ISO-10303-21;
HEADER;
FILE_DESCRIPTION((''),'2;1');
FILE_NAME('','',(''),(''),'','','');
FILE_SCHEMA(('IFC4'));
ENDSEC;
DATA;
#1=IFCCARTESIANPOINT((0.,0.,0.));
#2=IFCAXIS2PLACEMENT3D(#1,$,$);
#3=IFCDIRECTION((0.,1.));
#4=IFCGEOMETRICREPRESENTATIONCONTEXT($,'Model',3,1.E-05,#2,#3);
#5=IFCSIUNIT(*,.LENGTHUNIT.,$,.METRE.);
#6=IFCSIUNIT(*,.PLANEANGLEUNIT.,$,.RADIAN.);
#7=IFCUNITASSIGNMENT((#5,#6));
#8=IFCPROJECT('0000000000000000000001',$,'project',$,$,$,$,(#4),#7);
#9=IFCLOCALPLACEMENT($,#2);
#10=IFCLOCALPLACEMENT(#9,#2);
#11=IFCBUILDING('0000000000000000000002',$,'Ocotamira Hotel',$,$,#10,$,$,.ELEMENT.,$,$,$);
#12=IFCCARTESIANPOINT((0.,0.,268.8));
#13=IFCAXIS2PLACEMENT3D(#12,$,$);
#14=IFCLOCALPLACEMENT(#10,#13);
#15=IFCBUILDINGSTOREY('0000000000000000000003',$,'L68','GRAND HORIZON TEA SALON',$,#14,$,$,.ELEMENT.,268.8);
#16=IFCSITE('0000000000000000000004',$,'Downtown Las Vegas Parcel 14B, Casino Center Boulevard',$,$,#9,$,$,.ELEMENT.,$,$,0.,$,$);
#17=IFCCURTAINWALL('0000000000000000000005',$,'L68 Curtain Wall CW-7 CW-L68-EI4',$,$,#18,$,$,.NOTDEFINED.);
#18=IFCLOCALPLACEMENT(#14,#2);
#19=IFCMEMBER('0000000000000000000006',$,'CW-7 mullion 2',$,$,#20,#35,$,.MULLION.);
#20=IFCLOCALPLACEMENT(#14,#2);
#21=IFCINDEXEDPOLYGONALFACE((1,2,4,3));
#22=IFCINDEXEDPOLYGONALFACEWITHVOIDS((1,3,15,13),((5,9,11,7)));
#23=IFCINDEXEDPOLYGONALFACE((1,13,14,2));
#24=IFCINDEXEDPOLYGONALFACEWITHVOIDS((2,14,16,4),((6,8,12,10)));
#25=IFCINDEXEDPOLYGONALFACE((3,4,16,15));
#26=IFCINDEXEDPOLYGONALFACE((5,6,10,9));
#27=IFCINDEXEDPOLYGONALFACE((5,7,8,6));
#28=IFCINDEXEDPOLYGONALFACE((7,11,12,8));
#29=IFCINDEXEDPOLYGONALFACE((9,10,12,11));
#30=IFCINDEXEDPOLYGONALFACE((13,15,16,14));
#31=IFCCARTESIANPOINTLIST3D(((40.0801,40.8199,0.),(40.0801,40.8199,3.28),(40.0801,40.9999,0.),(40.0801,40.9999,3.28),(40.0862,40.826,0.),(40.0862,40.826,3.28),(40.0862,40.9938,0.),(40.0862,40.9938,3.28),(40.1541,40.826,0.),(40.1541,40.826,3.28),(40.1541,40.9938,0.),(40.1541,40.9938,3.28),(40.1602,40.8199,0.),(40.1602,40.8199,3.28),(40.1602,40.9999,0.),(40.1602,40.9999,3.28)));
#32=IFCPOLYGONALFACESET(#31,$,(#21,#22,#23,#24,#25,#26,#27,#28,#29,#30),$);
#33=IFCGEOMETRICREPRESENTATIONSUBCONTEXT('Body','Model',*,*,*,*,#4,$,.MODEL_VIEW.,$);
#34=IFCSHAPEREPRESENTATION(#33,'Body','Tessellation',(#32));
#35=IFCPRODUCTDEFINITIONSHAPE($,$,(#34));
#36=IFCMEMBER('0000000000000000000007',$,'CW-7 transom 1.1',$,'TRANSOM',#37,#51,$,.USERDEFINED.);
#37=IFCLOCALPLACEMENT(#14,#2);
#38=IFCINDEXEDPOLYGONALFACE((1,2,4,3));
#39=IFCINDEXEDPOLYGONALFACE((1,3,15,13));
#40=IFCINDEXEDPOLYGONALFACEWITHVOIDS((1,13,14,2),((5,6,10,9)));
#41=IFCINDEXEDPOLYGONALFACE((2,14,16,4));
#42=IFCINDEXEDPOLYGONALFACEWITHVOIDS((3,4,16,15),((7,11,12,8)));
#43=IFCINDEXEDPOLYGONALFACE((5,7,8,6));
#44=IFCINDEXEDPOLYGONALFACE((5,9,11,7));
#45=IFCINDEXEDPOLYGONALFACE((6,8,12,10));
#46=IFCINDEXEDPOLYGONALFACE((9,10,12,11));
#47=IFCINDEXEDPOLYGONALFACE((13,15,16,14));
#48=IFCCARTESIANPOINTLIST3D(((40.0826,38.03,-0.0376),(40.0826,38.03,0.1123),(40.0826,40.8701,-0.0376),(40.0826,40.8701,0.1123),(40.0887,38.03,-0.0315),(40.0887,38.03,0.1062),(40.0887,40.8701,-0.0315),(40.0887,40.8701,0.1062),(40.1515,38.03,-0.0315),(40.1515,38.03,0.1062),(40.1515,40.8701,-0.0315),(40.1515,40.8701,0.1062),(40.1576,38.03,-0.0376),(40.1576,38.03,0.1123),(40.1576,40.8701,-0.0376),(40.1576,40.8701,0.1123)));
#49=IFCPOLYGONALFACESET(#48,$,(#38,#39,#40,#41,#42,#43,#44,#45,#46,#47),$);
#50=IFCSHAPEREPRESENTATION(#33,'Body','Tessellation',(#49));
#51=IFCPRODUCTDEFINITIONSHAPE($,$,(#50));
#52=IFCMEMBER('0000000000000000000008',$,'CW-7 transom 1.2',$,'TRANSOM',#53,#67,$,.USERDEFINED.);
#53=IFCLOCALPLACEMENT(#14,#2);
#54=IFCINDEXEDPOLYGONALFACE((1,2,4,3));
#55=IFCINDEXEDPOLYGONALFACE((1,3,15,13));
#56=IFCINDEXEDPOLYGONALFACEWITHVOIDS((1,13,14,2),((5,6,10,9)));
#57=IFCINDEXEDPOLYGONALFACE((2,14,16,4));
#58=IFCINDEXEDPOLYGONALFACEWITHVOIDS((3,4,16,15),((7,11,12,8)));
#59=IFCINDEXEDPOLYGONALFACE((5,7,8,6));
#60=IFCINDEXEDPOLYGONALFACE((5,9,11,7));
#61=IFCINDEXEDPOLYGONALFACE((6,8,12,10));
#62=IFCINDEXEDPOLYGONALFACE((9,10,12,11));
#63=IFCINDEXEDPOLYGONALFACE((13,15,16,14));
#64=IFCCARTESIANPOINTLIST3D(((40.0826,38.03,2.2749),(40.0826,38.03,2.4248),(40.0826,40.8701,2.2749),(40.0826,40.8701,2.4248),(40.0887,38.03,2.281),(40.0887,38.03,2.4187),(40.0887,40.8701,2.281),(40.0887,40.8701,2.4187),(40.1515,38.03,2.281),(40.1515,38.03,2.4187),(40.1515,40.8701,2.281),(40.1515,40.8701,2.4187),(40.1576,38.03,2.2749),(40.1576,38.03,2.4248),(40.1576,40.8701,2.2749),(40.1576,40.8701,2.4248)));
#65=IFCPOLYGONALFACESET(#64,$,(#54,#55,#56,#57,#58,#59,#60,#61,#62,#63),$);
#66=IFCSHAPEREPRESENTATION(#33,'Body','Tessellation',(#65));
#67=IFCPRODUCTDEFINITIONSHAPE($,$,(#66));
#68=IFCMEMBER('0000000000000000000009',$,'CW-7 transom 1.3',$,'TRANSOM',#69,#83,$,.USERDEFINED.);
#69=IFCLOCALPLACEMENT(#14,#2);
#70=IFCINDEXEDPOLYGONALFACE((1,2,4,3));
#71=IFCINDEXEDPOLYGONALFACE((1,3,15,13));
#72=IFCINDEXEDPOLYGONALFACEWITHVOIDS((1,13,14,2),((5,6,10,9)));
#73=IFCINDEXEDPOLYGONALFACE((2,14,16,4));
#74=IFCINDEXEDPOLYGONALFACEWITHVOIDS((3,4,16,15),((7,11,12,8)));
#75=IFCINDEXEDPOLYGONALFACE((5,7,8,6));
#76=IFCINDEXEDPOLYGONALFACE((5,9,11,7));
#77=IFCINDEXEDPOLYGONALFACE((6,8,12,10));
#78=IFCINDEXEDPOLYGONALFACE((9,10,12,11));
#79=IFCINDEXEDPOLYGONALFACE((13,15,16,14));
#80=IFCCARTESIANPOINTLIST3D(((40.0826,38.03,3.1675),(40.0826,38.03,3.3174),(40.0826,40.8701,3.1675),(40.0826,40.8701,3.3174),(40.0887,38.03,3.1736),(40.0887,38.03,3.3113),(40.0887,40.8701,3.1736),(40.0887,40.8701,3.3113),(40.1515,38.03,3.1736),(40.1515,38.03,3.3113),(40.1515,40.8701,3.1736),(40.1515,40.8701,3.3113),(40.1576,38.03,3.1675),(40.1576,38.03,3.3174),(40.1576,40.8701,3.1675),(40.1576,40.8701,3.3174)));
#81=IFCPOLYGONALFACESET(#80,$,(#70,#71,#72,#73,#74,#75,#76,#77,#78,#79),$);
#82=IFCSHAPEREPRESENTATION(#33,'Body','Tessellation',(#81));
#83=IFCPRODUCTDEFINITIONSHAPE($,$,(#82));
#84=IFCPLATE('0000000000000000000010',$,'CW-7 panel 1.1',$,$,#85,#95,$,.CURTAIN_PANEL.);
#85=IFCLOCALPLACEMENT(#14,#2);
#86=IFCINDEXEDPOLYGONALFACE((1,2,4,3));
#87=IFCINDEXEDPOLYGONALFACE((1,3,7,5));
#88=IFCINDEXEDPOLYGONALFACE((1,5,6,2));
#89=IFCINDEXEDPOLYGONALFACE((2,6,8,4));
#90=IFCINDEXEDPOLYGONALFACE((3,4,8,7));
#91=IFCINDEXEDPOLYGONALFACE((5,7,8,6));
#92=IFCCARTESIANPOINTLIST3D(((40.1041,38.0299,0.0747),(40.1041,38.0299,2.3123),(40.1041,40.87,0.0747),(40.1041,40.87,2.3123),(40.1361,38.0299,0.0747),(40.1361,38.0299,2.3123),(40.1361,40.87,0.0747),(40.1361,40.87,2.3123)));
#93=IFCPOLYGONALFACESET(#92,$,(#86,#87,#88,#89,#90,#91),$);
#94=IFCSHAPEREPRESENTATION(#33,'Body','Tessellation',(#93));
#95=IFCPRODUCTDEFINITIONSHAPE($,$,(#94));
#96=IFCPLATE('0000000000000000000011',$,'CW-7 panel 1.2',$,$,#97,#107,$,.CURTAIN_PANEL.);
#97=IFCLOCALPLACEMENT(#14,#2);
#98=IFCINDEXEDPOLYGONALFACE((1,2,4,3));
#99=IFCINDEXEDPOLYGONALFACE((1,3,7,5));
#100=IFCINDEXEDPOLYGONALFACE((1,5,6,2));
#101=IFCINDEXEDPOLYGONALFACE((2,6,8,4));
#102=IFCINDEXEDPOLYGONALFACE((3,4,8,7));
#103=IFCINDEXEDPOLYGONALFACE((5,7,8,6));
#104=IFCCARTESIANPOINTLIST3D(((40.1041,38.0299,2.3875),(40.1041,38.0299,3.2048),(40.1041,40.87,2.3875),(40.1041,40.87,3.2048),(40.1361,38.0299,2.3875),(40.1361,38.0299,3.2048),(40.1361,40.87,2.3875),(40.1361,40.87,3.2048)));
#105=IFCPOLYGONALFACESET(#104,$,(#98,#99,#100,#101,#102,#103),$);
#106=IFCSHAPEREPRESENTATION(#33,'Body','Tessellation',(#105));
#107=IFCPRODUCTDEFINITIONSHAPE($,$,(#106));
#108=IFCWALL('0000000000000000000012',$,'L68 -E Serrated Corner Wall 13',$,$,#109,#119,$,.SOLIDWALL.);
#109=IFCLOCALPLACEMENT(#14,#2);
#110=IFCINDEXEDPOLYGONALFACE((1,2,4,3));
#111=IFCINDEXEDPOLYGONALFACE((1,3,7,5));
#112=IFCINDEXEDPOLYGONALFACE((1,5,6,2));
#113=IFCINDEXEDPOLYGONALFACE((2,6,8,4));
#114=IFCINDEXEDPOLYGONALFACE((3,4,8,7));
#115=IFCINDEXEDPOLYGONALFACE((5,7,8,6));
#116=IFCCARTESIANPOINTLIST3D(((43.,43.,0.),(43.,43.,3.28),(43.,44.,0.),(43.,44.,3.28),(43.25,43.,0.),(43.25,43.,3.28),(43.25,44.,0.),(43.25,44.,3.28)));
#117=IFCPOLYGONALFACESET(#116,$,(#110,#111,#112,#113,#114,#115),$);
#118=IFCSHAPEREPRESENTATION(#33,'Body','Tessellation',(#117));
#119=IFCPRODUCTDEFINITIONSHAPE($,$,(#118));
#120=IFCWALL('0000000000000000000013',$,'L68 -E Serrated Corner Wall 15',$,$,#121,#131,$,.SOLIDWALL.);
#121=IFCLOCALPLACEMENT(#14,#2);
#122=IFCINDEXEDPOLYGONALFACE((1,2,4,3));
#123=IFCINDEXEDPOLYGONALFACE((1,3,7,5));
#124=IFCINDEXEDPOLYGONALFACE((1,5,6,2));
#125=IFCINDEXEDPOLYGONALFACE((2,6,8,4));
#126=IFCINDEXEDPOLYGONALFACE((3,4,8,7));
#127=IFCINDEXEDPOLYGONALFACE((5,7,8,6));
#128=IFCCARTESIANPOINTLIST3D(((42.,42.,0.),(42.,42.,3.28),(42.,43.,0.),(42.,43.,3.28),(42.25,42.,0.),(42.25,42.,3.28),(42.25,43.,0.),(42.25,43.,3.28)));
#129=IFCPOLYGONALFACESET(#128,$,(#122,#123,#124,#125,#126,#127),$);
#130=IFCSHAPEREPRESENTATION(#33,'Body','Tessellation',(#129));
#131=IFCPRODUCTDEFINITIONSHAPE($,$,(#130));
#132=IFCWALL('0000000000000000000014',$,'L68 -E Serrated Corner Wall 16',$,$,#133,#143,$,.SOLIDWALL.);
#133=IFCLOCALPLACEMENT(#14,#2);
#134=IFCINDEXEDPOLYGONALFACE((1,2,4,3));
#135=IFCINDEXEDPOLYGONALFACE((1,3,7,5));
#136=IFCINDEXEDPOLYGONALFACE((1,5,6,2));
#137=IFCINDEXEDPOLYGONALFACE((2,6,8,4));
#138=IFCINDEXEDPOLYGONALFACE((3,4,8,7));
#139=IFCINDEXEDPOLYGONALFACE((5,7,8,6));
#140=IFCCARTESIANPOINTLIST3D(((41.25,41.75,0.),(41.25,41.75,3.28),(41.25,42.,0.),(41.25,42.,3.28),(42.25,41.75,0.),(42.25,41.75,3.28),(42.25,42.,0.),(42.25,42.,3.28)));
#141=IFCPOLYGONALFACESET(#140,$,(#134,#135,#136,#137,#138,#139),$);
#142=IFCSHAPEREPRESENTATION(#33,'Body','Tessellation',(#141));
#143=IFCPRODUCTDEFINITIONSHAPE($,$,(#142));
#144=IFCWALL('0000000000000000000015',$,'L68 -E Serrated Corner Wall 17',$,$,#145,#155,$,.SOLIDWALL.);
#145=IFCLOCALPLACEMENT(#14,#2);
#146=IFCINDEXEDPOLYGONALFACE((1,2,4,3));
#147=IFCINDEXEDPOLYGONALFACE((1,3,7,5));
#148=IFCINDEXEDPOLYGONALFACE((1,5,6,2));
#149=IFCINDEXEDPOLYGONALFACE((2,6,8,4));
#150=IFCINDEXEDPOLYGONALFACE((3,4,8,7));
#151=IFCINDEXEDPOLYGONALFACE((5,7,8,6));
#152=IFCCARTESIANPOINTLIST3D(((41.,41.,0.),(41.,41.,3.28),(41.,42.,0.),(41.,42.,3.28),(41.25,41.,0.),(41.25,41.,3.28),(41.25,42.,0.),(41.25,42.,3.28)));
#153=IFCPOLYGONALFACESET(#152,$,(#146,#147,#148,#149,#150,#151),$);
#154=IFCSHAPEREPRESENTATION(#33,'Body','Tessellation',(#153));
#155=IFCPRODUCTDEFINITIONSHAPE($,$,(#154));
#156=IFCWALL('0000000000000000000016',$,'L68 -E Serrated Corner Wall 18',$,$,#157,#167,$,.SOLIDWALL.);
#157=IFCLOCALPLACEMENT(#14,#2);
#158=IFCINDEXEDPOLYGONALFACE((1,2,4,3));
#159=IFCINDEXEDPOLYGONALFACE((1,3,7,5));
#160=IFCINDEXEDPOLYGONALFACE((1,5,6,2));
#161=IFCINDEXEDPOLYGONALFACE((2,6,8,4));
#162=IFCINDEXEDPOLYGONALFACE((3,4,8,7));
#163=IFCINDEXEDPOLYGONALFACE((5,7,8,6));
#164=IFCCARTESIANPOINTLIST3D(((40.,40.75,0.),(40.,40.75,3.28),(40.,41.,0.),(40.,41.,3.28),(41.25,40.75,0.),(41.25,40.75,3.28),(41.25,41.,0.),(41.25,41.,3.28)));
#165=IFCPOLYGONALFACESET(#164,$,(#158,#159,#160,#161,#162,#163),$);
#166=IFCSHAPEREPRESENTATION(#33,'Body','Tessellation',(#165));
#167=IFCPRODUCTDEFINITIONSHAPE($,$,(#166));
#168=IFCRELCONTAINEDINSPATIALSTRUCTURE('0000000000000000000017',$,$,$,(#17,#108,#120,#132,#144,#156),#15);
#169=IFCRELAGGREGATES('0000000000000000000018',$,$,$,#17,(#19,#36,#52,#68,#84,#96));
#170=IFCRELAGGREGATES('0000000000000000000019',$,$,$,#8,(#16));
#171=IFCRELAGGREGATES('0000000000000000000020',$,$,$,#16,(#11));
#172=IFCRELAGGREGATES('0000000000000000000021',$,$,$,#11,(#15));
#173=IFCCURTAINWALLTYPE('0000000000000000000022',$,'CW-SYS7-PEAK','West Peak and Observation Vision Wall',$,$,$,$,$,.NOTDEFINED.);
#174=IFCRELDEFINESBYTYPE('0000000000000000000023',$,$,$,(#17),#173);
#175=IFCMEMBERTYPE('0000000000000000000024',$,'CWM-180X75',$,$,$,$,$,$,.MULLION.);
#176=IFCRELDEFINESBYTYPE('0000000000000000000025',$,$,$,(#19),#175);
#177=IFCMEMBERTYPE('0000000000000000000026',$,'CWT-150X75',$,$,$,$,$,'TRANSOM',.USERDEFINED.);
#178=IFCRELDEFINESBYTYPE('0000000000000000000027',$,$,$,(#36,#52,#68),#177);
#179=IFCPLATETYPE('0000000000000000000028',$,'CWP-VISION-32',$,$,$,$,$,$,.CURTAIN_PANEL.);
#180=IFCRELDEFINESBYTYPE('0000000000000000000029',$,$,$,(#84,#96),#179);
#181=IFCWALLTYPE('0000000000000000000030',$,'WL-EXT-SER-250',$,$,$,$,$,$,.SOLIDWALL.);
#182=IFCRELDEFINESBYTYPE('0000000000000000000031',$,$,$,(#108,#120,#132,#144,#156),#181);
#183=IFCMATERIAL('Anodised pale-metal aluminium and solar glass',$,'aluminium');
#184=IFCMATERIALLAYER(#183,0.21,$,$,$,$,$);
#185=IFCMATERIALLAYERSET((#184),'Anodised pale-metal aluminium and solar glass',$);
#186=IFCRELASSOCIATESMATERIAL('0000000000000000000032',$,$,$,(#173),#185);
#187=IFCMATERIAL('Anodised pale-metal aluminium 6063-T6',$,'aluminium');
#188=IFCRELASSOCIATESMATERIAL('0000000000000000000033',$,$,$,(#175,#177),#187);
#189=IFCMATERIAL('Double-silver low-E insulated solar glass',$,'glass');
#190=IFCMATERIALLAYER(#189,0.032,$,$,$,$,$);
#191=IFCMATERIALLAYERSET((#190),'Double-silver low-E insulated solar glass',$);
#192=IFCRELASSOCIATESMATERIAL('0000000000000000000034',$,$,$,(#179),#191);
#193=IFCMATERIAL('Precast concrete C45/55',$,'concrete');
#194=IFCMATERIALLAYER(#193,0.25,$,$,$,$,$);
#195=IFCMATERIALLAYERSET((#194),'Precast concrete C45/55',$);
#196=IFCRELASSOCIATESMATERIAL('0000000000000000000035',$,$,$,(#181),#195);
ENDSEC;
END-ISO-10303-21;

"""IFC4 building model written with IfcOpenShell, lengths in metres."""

from ifc_helpers import new_model, si_unit, direction, frame, frame_2d, origin, origin_2d, place, context, subcontext, project, spatial, rectangle, hollow_rectangle, extrude, source, transform, mapped, material, layer, layer_set, material_profile, profile_set, type_object, element, aggregate, save


model = new_model("IFC4")

# Units and contexts
model_context = context("Model", 3, precision=1e-05, world=origin(), true_north=direction((0.0, 1.0)))
body_context = subcontext(model_context, "Body", "Model", "MODEL_VIEW")
ifc_project = project(units=[si_unit("LENGTHUNIT", "METRE"), si_unit("PLANEANGLEUNIT", "RADIAN")], contexts=[model_context])

# Site, building, storey
site_placement = place(None, origin())
site = spatial("IfcSite", under=ifc_project, at=site_placement, Name="Downtown Las Vegas Parcel 14B, Casino Center Boulevard", CompositionType="ELEMENT", RefElevation=0.0)
building_placement = place(site_placement, origin())
building = spatial("IfcBuilding", under=site, at=building_placement, Name="Ocotamira Hotel", CompositionType="ELEMENT")
storey_placement = place(building_placement, frame((0.0, 0.0, 268.8)))
storey = spatial("IfcBuildingStorey", under=building, at=storey_placement, Name="L68", Description="GRAND HORIZON TEA SALON", CompositionType="ELEMENT", Elevation=268.8)

# Curtain wall, members, plates
ifc_material_1 = material(Name="Anodised pale-metal aluminium and solar glass", Category="aluminium")
ifc_layer_1 = layer(ifc_material_1, 0.21)
ifc_layer_set_1 = layer_set([ifc_layer_1], Name="Anodised pale-metal aluminium and solar glass")
curtain_wall_type = type_object("IfcCurtainWallType", Name="CW-SYS7-PEAK", Description="West Peak and Observation Vision Wall", PredefinedType="NOTDEFINED", material=ifc_layer_set_1)
curtain_wall_placement = place(storey_placement, origin())
curtain_wall = element("IfcCurtainWall", 1, at=curtain_wall_placement, inside=storey, type_object=curtain_wall_type, Name="L68 Curtain Wall CW-7 CW-L68-EI4", PredefinedType="NOTDEFINED")
ifc_material_2 = material(Name="Anodised pale-metal aluminium 6063-T6", Category="aluminium")
ifc_material_profile_1 = material_profile(ifc_material_2, hollow_rectangle(XDim=0.0801, YDim=0.1799, WallThickness=0.0061, at=origin_2d()), Name="HSS180X80X6")
ifc_profile_set_1 = profile_set([ifc_material_profile_1], Name="Anodised pale-metal aluminium 6063-T6")
member_type_1 = type_object("IfcMemberType", Name="CWM-180X75", PredefinedType="MULLION", material=ifc_profile_set_1)
shared_shape_1 = source(origin(), body_context, "Body", "SweptSolid", [
    extrude(hollow_rectangle(XDim=0.0801, YDim=0.1799, WallThickness=0.0061, at=origin_2d()), origin(), (0.0, 0.0, 1.0), 3.28),
])
member_1_placement = place(storey_placement, frame((40.1201, 40.9099, 0.0), z_axis=(0.0, 0.0, 1.0), x_axis=(-1.0, 0.0, 0.0)))
member_1 = element("IfcMember", 2, at=member_1_placement, type_object=member_type_1, Name="CW-7 mullion 2", PredefinedType="MULLION", context=body_context, shape_type="MappedRepresentation", body=[
    mapped(shared_shape_1, transform((0.0, 0.0, 0.0), scale=1.0)),
])
ifc_material_profile_2 = material_profile(ifc_material_2, hollow_rectangle(XDim=0.075, YDim=0.1499, WallThickness=0.0061, at=origin_2d()), Name="HSS150X75X6")
ifc_profile_set_2 = profile_set([ifc_material_profile_2], Name="Anodised pale-metal aluminium 6063-T6")
member_type_2 = type_object("IfcMemberType", Name="CWT-150X75", ElementType="TRANSOM", PredefinedType="USERDEFINED", material=ifc_profile_set_2)
shared_shape_2 = source(origin(), body_context, "Body", "SweptSolid", [
    extrude(hollow_rectangle(XDim=0.075, YDim=0.1499, WallThickness=0.0061, at=origin_2d()), origin(), (0.0, 0.0, 1.0), 2.8401),
])
member_2_placement = place(storey_placement, frame((40.1201, 38.03, 0.0374), z_axis=(0.0, 1.0, 0.0), x_axis=(-1.0, 0.0, 0.0)))
member_2 = element("IfcMember", 3, at=member_2_placement, type_object=member_type_2, Name="CW-7 transom 1.1", ObjectType="TRANSOM", PredefinedType="USERDEFINED", context=body_context, shape_type="MappedRepresentation", body=[
    mapped(shared_shape_2, transform((0.0, 0.0, 0.0), scale=1.0)),
])
member_3_placement = place(storey_placement, frame((40.1201, 38.03, 2.3499), z_axis=(0.0, 1.0, 0.0), x_axis=(-1.0, 0.0, 0.0)))
member_3 = element("IfcMember", 4, at=member_3_placement, type_object=member_type_2, Name="CW-7 transom 1.2", ObjectType="TRANSOM", PredefinedType="USERDEFINED", context=body_context, shape_type="MappedRepresentation", body=[
    mapped(shared_shape_2, transform((0.0, 0.0, 0.0), scale=1.0)),
])
member_4_placement = place(storey_placement, frame((40.1201, 38.03, 3.2424), z_axis=(0.0, 1.0, 0.0), x_axis=(-1.0, 0.0, 0.0)))
member_4 = element("IfcMember", 5, at=member_4_placement, type_object=member_type_2, Name="CW-7 transom 1.3", ObjectType="TRANSOM", PredefinedType="USERDEFINED", context=body_context, shape_type="MappedRepresentation", body=[
    mapped(shared_shape_2, transform((0.0, 0.0, 0.0), scale=1.0)),
])
ifc_material_3 = material(Name="Double-silver low-E insulated solar glass", Category="glass")
ifc_layer_2 = layer(ifc_material_3, 0.032)
ifc_layer_set_2 = layer_set([ifc_layer_2], Name="Double-silver low-E insulated solar glass")
plate_type = type_object("IfcPlateType", Name="CWP-VISION-32", PredefinedType="CURTAIN_PANEL", material=ifc_layer_set_2)
shared_shape_3 = source(origin(), body_context, "Body", "SweptSolid", [
    extrude(rectangle(XDim=2.8401, YDim=0.032, at=origin_2d()), origin(), (0.0, 0.0, 1.0), 2.2375),
])
plate_1_placement = place(storey_placement, frame((40.1201, 39.45, 0.0747), z_axis=(0.0, 0.0, 1.0), x_axis=(0.0, 1.0, 0.0)))
plate_1 = element("IfcPlate", 6, at=plate_1_placement, type_object=plate_type, Name="CW-7 panel 1.1", PredefinedType="CURTAIN_PANEL", context=body_context, shape_type="MappedRepresentation", body=[
    mapped(shared_shape_3, transform((0.0, 0.0, 0.0), scale=1.0)),
])
shared_shape_4 = source(origin(), body_context, "Body", "SweptSolid", [
    extrude(rectangle(XDim=2.8401, YDim=0.032, at=origin_2d()), origin(), (0.0, 0.0, 1.0), 0.8174),
])
plate_2_placement = place(storey_placement, frame((40.1201, 39.45, 2.3875), z_axis=(0.0, 0.0, 1.0), x_axis=(0.0, 1.0, 0.0)))
plate_2 = element("IfcPlate", 7, at=plate_2_placement, type_object=plate_type, Name="CW-7 panel 1.2", PredefinedType="CURTAIN_PANEL", context=body_context, shape_type="MappedRepresentation", body=[
    mapped(shared_shape_4, transform((0.0, 0.0, 0.0), scale=1.0)),
])
aggregate(curtain_wall, [member_1, member_2, member_3, member_4, plate_1, plate_2])

# Walls
ifc_material_4 = material(Name="Precast concrete C45/55", Category="concrete")
ifc_layer_3 = layer(ifc_material_4, 0.25)
ifc_layer_set_3 = layer_set([ifc_layer_3], Name="Precast concrete C45/55")
wall_type_1 = type_object("IfcWallType", Name="WL-EXT-SER-250", PredefinedType="SOLIDWALL", material=ifc_layer_set_3)
for number, where, z_axis, x_axis, name in (
    (8, (43.125, 44.0, 0.0), (0.0, 0.0, 1.0), (0.0, -1.0, 0.0), "L68 -E Serrated Corner Wall 13"),
    (9, (42.125, 43.0, 0.0), (0.0, 0.0, 1.0), (0.0, -1.0, 0.0), "L68 -E Serrated Corner Wall 15"),
    (10, (42.25, 41.875, 0.0), (0.0, 0.0, 1.0), (-1.0, 0.0, 0.0), "L68 -E Serrated Corner Wall 16"),
    (11, (41.125, 42.0, 0.0), (0.0, 0.0, 1.0), (0.0, -1.0, 0.0), "L68 -E Serrated Corner Wall 17"),
):
    element("IfcWall", number, at=place(storey_placement, frame(where, z_axis=z_axis, x_axis=x_axis)), inside=storey, type_object=wall_type_1, Name=name, PredefinedType="SOLIDWALL", context=body_context, shape_type="SweptSolid", body=[
        extrude(rectangle(XDim=1.0, YDim=0.25, at=frame_2d((0.5, 0.0))), origin(), (0.0, 0.0, 1.0), 3.28),
    ])
wall_1_placement = place(storey_placement, frame((41.25, 40.875, 0.0), z_axis=(0.0, 0.0, 1.0), x_axis=(-1.0, 0.0, 0.0)))
element("IfcWall", 12, at=wall_1_placement, inside=storey, type_object=wall_type_1, Name="L68 -E Serrated Corner Wall 18", PredefinedType="SOLIDWALL", context=body_context, shape_type="SweptSolid", body=[
    extrude(rectangle(XDim=1.25, YDim=0.25, at=frame_2d((0.625, 0.0))), origin(), (0.0, 0.0, 1.0), 3.28),
])

save(model, "model.ifc")
